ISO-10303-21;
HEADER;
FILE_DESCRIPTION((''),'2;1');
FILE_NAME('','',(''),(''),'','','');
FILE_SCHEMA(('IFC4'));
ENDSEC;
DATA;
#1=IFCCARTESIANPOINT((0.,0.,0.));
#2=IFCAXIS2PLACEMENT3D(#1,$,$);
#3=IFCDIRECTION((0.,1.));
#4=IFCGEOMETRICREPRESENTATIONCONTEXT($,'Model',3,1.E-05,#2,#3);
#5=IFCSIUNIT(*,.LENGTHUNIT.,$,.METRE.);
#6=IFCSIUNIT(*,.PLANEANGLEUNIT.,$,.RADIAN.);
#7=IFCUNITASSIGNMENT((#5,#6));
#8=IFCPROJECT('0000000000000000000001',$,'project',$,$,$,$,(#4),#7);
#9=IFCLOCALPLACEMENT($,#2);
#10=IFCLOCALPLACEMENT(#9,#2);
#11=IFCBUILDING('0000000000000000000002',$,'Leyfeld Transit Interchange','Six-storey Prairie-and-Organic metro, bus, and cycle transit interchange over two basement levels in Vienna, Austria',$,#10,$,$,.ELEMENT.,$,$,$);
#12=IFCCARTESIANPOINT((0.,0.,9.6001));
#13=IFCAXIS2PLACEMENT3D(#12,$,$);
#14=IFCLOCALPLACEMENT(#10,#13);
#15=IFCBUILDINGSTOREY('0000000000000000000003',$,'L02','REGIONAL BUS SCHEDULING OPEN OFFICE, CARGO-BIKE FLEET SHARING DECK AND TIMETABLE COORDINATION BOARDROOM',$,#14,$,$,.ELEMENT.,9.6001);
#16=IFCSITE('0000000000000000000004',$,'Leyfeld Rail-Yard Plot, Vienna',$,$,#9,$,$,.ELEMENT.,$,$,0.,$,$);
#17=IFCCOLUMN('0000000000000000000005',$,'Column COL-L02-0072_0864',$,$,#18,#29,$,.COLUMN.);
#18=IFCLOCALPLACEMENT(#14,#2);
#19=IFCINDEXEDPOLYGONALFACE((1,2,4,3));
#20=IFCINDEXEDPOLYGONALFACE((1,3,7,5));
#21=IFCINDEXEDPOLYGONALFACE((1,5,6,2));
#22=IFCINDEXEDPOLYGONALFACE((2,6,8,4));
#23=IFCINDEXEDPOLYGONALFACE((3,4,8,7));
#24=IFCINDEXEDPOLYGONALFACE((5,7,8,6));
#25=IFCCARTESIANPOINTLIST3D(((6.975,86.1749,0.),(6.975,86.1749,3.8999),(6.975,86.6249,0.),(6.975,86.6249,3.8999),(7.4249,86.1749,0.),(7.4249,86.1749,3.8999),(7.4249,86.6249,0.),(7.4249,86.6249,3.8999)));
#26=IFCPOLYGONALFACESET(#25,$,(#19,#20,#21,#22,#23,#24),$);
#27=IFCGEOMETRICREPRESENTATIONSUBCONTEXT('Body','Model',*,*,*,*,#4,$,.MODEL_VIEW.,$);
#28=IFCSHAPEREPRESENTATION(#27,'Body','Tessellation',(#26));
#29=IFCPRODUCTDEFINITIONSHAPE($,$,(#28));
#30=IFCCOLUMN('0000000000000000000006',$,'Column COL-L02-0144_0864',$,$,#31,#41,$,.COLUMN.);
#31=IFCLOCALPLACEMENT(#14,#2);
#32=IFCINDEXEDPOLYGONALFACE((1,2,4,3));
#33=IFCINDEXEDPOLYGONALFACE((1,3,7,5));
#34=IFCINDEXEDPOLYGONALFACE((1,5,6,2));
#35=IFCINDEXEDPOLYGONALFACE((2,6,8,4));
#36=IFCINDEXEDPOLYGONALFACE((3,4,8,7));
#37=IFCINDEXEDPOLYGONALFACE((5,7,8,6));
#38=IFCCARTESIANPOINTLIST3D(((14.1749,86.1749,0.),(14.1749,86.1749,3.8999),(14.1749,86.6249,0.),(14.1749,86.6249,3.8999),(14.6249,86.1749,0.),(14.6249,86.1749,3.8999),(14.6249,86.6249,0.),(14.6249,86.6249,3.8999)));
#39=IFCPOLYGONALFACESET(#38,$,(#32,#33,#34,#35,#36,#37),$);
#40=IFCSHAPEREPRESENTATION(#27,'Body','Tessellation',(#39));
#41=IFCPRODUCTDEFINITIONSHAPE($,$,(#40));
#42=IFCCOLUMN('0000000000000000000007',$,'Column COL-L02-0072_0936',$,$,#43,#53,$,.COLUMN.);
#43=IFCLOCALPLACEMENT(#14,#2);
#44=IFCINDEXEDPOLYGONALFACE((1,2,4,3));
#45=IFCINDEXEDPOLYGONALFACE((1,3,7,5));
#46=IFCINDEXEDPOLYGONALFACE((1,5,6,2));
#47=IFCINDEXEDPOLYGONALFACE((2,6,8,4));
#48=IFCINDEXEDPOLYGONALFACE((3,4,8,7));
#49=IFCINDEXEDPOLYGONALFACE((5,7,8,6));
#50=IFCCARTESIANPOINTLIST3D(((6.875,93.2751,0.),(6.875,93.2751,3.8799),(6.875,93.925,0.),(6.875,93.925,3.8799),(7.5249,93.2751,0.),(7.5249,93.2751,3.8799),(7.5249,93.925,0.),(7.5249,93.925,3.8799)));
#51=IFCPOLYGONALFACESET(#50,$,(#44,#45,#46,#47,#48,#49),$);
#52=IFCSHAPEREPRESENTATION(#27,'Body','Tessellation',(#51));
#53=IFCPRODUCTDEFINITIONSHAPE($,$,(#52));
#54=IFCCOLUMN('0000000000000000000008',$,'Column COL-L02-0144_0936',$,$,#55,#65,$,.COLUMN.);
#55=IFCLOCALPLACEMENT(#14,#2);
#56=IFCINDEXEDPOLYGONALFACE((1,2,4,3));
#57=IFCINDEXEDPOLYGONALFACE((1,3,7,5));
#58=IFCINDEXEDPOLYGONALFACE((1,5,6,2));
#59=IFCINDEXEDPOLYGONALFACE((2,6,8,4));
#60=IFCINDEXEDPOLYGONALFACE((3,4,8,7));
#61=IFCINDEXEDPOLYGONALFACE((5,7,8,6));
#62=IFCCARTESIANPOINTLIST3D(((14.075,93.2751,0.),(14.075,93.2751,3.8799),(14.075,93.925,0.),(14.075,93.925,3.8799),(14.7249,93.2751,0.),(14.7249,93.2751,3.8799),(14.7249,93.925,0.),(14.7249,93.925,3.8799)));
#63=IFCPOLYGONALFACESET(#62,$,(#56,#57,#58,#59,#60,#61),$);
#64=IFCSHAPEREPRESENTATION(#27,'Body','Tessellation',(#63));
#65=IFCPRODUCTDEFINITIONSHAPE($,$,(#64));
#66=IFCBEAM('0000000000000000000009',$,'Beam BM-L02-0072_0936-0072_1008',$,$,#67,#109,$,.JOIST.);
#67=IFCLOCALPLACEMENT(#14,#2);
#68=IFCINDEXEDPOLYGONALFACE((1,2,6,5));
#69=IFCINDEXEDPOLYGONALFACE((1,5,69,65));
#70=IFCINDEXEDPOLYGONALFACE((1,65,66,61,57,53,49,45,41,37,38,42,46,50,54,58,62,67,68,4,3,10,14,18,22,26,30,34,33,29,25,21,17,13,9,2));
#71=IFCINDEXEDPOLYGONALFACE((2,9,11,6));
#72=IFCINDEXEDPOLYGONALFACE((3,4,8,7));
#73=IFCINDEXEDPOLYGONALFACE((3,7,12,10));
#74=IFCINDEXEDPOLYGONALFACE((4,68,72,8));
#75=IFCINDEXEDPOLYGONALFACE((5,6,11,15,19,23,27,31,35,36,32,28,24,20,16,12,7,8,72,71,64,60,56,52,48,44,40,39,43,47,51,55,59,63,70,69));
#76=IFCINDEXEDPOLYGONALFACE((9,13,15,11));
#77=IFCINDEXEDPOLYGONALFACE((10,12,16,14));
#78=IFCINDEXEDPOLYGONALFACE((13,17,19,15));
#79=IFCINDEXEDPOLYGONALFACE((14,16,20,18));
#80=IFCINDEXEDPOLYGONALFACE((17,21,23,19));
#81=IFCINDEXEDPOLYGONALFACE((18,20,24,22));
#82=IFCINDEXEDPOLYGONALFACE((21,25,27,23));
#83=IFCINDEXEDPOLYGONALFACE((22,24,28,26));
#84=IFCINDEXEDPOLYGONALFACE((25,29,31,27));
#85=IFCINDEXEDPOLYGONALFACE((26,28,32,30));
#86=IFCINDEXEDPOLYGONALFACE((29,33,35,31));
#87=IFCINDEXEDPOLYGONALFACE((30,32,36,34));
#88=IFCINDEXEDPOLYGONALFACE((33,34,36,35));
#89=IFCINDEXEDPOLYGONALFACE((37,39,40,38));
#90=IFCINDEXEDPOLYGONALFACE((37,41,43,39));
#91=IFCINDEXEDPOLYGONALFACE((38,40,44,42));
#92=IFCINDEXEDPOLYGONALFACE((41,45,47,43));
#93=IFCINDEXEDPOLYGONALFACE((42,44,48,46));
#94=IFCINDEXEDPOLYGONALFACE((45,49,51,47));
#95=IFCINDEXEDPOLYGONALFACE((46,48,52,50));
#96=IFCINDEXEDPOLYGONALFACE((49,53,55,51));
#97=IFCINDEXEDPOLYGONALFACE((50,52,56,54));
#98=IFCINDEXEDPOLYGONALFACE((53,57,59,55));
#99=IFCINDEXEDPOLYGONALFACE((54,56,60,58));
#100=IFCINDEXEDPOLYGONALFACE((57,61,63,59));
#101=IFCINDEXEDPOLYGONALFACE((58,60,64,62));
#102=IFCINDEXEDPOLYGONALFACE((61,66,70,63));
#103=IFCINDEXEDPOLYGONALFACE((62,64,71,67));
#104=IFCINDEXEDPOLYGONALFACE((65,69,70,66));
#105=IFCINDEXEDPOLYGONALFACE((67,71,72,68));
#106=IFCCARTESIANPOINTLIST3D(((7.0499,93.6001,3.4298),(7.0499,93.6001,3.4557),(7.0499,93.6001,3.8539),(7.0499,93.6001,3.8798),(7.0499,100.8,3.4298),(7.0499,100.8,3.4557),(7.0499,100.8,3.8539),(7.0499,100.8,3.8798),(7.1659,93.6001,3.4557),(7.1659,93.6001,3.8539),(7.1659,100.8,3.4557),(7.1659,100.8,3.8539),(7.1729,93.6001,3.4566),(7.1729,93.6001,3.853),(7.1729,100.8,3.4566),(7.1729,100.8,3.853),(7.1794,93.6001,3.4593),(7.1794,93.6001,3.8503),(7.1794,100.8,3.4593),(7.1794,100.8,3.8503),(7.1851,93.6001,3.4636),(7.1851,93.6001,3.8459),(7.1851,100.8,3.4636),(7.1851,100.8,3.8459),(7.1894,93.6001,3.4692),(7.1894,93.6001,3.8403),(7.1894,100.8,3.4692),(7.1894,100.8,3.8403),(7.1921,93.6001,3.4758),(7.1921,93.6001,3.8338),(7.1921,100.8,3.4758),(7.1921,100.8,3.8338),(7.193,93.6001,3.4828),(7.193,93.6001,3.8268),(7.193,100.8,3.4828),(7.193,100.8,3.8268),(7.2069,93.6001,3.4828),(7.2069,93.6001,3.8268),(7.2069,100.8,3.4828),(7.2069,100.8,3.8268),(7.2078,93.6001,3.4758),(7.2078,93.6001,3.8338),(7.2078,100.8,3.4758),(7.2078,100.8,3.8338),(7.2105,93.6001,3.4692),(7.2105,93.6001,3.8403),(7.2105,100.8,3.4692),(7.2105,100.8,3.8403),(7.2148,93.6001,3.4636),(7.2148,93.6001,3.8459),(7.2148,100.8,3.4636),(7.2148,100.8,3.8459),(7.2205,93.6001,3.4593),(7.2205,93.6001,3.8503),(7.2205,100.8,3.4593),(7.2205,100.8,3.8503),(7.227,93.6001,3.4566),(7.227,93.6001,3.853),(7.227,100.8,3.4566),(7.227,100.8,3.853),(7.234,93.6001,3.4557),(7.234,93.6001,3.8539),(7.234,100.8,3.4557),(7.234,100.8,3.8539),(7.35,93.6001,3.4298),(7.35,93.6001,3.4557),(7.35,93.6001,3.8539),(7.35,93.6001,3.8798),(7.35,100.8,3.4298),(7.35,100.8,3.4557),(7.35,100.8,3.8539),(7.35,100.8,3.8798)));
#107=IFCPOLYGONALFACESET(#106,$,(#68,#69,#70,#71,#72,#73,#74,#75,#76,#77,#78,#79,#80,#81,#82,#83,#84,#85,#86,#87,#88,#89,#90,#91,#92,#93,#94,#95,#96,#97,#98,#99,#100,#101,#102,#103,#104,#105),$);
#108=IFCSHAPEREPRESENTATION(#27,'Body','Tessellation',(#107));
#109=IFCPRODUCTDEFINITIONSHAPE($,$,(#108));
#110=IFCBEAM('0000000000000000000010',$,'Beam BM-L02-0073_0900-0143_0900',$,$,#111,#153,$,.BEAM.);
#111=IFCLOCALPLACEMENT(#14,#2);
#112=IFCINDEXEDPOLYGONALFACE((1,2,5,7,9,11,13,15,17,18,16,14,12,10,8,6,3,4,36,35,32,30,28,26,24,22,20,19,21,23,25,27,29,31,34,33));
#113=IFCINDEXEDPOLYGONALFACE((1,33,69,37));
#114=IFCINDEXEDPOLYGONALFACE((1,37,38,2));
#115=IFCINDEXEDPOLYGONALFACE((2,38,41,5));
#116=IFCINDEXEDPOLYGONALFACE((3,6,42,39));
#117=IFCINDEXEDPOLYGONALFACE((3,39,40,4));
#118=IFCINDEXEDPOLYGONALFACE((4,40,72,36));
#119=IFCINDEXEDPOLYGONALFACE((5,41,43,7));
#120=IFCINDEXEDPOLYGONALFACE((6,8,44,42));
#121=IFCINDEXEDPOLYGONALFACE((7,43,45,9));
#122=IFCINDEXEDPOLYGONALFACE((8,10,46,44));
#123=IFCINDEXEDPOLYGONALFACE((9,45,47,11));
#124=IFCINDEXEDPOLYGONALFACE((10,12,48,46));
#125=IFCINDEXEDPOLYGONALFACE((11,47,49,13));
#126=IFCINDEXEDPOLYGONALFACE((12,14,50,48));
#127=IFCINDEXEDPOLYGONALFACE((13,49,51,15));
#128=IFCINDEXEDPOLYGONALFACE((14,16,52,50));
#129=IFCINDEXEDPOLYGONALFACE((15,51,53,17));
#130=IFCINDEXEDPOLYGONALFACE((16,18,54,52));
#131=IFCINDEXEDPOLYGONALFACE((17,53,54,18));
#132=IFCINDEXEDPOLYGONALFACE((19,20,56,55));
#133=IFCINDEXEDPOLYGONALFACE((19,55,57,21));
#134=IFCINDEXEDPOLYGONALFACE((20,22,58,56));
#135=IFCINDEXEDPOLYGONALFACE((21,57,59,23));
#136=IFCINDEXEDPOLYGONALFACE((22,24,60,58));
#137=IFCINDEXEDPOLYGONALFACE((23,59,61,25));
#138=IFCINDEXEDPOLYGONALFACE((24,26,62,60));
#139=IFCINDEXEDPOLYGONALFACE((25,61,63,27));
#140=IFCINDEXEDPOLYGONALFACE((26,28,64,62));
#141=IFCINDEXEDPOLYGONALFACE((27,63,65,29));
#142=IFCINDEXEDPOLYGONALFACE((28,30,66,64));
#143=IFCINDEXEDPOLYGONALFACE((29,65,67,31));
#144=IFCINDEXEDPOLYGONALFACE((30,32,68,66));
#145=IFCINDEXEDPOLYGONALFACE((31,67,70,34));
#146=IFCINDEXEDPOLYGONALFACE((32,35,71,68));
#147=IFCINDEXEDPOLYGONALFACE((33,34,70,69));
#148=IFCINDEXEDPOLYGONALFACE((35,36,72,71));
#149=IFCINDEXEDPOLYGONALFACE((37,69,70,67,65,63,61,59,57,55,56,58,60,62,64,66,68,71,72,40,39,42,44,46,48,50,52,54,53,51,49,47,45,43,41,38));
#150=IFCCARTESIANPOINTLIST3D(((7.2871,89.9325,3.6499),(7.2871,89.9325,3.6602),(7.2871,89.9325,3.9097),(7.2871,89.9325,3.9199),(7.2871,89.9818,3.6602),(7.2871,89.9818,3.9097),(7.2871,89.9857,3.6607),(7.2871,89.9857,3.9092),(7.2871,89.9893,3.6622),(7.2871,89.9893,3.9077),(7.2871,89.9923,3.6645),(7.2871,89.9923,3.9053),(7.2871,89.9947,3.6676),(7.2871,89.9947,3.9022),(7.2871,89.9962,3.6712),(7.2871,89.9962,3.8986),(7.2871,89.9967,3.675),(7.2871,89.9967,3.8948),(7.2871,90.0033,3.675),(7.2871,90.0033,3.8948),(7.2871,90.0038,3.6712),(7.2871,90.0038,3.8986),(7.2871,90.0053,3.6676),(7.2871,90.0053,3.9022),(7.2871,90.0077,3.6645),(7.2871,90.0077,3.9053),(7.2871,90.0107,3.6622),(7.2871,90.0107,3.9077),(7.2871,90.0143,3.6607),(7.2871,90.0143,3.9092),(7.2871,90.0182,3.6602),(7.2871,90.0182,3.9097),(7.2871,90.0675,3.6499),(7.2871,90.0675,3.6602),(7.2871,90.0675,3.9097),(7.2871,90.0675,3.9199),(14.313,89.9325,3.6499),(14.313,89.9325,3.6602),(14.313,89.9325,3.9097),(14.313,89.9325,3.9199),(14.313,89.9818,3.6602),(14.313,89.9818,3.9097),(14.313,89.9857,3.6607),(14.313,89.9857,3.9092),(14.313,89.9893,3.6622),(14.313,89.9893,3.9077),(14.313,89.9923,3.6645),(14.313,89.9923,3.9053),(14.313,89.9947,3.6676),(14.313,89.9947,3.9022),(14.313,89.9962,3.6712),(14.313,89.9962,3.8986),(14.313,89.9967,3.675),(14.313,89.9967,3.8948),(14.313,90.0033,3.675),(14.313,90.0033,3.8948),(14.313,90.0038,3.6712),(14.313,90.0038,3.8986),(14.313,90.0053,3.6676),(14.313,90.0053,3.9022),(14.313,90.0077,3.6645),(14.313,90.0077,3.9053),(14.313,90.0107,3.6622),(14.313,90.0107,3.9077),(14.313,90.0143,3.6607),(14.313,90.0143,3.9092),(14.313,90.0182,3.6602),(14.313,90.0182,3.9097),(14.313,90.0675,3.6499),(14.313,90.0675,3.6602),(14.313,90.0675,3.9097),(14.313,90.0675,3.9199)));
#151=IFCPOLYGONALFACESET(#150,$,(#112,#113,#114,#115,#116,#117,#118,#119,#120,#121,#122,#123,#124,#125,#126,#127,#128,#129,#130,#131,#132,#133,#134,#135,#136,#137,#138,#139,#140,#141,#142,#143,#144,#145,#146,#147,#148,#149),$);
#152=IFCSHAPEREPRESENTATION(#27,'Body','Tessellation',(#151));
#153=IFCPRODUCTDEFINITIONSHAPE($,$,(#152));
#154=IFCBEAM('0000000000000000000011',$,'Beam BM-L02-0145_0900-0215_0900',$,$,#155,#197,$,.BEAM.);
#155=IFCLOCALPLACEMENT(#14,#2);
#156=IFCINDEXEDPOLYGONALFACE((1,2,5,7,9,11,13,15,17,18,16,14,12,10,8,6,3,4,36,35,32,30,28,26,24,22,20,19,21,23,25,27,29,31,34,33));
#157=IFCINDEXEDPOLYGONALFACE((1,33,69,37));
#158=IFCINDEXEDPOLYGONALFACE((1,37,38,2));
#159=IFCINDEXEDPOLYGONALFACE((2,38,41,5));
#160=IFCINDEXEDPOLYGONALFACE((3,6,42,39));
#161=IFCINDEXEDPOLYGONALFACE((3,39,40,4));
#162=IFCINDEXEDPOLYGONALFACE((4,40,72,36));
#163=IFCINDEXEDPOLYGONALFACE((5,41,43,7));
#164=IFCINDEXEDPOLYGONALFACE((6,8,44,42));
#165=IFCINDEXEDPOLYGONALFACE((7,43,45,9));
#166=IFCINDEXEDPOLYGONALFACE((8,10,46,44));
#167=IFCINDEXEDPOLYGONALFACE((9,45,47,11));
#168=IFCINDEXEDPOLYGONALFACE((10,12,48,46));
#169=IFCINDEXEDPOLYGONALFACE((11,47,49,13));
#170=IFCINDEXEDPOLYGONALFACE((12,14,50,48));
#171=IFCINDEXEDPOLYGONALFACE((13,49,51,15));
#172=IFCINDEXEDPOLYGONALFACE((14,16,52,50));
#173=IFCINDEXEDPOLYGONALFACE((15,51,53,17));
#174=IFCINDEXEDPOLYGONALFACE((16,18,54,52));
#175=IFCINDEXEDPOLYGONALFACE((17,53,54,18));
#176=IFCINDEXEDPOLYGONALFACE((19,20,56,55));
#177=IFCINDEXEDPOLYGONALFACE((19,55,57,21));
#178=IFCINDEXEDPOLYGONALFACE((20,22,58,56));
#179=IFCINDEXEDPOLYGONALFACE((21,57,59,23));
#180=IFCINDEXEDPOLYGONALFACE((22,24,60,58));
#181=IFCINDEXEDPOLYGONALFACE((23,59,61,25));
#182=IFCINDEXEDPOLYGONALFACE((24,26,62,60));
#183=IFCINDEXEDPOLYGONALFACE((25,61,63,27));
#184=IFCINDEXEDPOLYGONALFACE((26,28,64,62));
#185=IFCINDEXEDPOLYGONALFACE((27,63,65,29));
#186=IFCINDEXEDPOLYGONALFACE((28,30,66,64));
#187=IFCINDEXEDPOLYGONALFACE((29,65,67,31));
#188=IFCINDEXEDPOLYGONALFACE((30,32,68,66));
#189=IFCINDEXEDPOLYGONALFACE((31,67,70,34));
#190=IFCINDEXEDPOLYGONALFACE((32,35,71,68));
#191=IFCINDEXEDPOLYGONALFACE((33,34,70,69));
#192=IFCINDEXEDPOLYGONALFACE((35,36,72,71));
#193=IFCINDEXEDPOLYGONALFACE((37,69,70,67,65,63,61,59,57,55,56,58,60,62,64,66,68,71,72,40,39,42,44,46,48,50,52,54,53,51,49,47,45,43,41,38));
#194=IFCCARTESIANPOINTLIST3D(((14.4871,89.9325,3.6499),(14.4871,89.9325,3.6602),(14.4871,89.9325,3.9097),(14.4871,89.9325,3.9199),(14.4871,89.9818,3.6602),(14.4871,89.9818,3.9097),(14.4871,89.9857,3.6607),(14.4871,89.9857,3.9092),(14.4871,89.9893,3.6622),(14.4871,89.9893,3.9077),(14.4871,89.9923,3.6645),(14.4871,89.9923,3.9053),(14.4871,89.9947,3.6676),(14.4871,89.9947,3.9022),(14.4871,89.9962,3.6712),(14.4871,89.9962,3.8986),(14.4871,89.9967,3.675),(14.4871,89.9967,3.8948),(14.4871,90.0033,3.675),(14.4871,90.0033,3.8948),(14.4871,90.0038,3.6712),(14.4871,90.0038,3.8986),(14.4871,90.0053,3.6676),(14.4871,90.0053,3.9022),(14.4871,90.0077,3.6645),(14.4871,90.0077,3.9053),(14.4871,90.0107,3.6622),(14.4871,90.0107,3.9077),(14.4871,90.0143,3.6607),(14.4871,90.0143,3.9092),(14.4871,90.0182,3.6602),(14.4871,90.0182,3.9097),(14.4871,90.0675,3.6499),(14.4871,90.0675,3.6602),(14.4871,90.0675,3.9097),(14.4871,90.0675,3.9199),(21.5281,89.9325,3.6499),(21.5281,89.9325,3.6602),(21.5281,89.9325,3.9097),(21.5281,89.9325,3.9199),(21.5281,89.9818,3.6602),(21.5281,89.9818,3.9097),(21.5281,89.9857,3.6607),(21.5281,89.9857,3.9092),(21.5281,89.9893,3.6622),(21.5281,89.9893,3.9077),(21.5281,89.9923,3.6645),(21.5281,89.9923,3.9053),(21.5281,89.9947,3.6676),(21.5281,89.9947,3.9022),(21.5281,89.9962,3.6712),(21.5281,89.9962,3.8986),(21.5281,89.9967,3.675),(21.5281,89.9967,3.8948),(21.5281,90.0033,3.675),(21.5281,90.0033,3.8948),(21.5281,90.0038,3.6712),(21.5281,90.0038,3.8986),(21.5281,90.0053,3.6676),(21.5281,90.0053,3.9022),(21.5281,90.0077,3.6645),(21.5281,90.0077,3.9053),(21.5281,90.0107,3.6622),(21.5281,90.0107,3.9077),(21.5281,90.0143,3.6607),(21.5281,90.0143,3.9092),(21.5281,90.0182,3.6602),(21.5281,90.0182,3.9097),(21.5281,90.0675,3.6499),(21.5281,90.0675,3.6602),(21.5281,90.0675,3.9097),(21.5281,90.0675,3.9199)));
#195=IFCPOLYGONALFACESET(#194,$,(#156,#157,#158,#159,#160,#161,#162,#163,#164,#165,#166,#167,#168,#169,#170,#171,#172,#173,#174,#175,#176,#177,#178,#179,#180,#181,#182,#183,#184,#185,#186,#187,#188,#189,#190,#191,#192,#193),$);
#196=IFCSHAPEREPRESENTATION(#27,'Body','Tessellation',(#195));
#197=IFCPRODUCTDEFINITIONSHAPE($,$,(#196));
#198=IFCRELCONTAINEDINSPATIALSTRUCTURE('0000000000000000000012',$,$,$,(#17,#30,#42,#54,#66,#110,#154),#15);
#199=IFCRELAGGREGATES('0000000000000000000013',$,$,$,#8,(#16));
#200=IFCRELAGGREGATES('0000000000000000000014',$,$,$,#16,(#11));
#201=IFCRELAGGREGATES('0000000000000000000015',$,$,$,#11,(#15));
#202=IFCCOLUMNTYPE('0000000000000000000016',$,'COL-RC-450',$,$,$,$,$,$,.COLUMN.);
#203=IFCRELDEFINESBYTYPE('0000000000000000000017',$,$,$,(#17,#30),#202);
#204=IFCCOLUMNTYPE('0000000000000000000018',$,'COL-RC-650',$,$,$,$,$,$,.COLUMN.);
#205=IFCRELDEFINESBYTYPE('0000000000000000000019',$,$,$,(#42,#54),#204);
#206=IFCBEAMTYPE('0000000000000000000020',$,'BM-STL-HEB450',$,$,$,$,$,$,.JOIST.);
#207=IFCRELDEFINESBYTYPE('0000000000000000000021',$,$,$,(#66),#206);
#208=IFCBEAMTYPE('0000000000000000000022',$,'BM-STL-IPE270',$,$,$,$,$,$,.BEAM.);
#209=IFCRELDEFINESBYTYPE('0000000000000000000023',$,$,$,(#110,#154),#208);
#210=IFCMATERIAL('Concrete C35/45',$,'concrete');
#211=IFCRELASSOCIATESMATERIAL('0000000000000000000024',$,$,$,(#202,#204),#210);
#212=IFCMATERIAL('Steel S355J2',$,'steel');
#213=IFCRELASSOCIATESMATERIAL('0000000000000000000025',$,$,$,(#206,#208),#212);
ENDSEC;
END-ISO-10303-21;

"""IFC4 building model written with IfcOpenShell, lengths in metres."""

from ifc_helpers import new_model, si_unit, direction, frame, origin, origin_2d, place, context, subcontext, project, spatial, rectangle, i_section, extrude, material, material_profile, profile_set, type_object, element, save


model = new_model("IFC4")

# Units and contexts
model_context = context("Model", 3, precision=1e-05, world=origin(), true_north=direction((0.0, 1.0)))
body_context = subcontext(model_context, "Body", "Model", "MODEL_VIEW")
ifc_project = project(units=[si_unit("LENGTHUNIT", "METRE"), si_unit("PLANEANGLEUNIT", "RADIAN")], contexts=[model_context])

# Site, building, storey
site_placement = place(None, origin())
site = spatial("IfcSite", under=ifc_project, at=site_placement, Name="Leyfeld Rail-Yard Plot, Vienna", CompositionType="ELEMENT", RefElevation=0.0)
building_placement = place(site_placement, origin())
building = spatial("IfcBuilding", under=site, at=building_placement, Name="Leyfeld Transit Interchange", Description="Six-storey Prairie-and-Organic metro, bus, and cycle transit interchange over two basement levels in Vienna, Austria", CompositionType="ELEMENT")
storey_placement = place(building_placement, frame((0.0, 0.0, 9.6001)))
storey = spatial("IfcBuildingStorey", under=building, at=storey_placement, Name="L02", Description="REGIONAL BUS SCHEDULING OPEN OFFICE, CARGO-BIKE FLEET SHARING DECK AND TIMETABLE COORDINATION BOARDROOM", CompositionType="ELEMENT", Elevation=9.6001)

# Columns
ifc_material_1 = material(Name="Concrete C35/45", Category="concrete")
ifc_material_profile_1 = material_profile(ifc_material_1, rectangle(XDim=0.45, YDim=0.45, at=origin_2d()), Name="RC 450x450")
ifc_profile_set_1 = profile_set([ifc_material_profile_1], Name="Concrete C35/45")
column_type_1 = type_object("IfcColumnType", Name="COL-RC-450", PredefinedType="COLUMN", material=ifc_profile_set_1)
for number, where, z_axis, x_axis, name in (
    (1, (7.2, 86.3999, 0.0), (0.0, 0.0, 1.0), (1.0, 0.0, 0.0), "Column COL-L02-0072_0864"),
    (2, (14.3999, 86.3999, 0.0), (0.0, 0.0, 1.0), (1.0, 0.0, 0.0), "Column COL-L02-0144_0864"),
):
    element("IfcColumn", number, at=place(storey_placement, frame(where, z_axis=z_axis, x_axis=x_axis)), inside=storey, type_object=column_type_1, Name=name, PredefinedType="COLUMN", context=body_context, shape_type="SweptSolid", body=[
        extrude(rectangle(XDim=0.45, YDim=0.45, at=origin_2d()), origin(), (0.0, 0.0, 1.0), 3.8999),
    ])
ifc_material_profile_2 = material_profile(ifc_material_1, rectangle(XDim=0.6499, YDim=0.6499, at=origin_2d()), Name="RC 650x650")
ifc_profile_set_2 = profile_set([ifc_material_profile_2], Name="Concrete C35/45")
column_type_2 = type_object("IfcColumnType", Name="COL-RC-650", PredefinedType="COLUMN", material=ifc_profile_set_2)
for number, where, z_axis, x_axis, name in (
    (3, (7.2, 93.6001, 0.0), (0.0, 0.0, 1.0), (1.0, 0.0, 0.0), "Column COL-L02-0072_0936"),
    (4, (14.3999, 93.6001, 0.0), (0.0, 0.0, 1.0), (1.0, 0.0, 0.0), "Column COL-L02-0144_0936"),
):
    element("IfcColumn", number, at=place(storey_placement, frame(where, z_axis=z_axis, x_axis=x_axis)), inside=storey, type_object=column_type_2, Name=name, PredefinedType="COLUMN", context=body_context, shape_type="SweptSolid", body=[
        extrude(rectangle(XDim=0.6499, YDim=0.6499, at=origin_2d()), origin(), (0.0, 0.0, 1.0), 3.8799),
    ])

# Beams
ifc_material_2 = material(Name="Steel S355J2", Category="steel")
ifc_material_profile_3 = material_profile(ifc_material_2, i_section(OverallWidth=0.3, OverallDepth=0.45, WebThickness=0.0139, FlangeThickness=0.0259, FilletRadius=0.0271, at=origin_2d()), Name="HEB 450")
ifc_profile_set_3 = profile_set([ifc_material_profile_3], Name="Steel S355J2")
beam_type_1 = type_object("IfcBeamType", Name="BM-STL-HEB450", PredefinedType="JOIST", material=ifc_profile_set_3)
beam_1_placement = place(storey_placement, frame((7.2, 93.6001, 3.6548), z_axis=(0.0, 1.0, 0.0), x_axis=(-1.0, 0.0, 0.0)))
element("IfcBeam", 5, at=beam_1_placement, inside=storey, type_object=beam_type_1, Name="Beam BM-L02-0072_0936-0072_1008", PredefinedType="JOIST", context=body_context, shape_type="SweptSolid", body=[
    extrude(i_section(OverallWidth=0.3, OverallDepth=0.45, WebThickness=0.0139, FlangeThickness=0.0259, FilletRadius=0.0271, at=origin_2d()), origin(), (0.0, 0.0, 1.0), 7.2),
])
ifc_material_profile_4 = material_profile(ifc_material_2, i_section(OverallWidth=0.135, OverallDepth=0.27, WebThickness=0.0066, FlangeThickness=0.0103, FilletRadius=0.0149, at=origin_2d()), Name="IPE 270")
ifc_profile_set_4 = profile_set([ifc_material_profile_4], Name="Steel S355J2")
beam_type_2 = type_object("IfcBeamType", Name="BM-STL-IPE270", PredefinedType="BEAM", material=ifc_profile_set_4)
beam_2_placement = place(storey_placement, frame((7.2871, 90.0, 3.7849), z_axis=(1.0, 0.0, 0.0), x_axis=(0.0, 1.0, 0.0)))
element("IfcBeam", 6, at=beam_2_placement, inside=storey, type_object=beam_type_2, Name="Beam BM-L02-0073_0900-0143_0900", PredefinedType="BEAM", context=body_context, shape_type="SweptSolid", body=[
    extrude(i_section(OverallWidth=0.135, OverallDepth=0.27, WebThickness=0.0066, FlangeThickness=0.0103, FilletRadius=0.0149, at=origin_2d()), origin(), (0.0, 0.0, 1.0), 7.0259),
])
beam_3_placement = place(storey_placement, frame((14.4871, 90.0, 3.7849), z_axis=(1.0, 0.0, 0.0), x_axis=(0.0, 1.0, 0.0)))
element("IfcBeam", 7, at=beam_3_placement, inside=storey, type_object=beam_type_2, Name="Beam BM-L02-0145_0900-0215_0900", PredefinedType="BEAM", context=body_context, shape_type="SweptSolid", body=[
    extrude(i_section(OverallWidth=0.135, OverallDepth=0.27, WebThickness=0.0066, FlangeThickness=0.0103, FilletRadius=0.0149, at=origin_2d()), origin(), (0.0, 0.0, 1.0), 7.041),
])

save(model, "model.ifc")
